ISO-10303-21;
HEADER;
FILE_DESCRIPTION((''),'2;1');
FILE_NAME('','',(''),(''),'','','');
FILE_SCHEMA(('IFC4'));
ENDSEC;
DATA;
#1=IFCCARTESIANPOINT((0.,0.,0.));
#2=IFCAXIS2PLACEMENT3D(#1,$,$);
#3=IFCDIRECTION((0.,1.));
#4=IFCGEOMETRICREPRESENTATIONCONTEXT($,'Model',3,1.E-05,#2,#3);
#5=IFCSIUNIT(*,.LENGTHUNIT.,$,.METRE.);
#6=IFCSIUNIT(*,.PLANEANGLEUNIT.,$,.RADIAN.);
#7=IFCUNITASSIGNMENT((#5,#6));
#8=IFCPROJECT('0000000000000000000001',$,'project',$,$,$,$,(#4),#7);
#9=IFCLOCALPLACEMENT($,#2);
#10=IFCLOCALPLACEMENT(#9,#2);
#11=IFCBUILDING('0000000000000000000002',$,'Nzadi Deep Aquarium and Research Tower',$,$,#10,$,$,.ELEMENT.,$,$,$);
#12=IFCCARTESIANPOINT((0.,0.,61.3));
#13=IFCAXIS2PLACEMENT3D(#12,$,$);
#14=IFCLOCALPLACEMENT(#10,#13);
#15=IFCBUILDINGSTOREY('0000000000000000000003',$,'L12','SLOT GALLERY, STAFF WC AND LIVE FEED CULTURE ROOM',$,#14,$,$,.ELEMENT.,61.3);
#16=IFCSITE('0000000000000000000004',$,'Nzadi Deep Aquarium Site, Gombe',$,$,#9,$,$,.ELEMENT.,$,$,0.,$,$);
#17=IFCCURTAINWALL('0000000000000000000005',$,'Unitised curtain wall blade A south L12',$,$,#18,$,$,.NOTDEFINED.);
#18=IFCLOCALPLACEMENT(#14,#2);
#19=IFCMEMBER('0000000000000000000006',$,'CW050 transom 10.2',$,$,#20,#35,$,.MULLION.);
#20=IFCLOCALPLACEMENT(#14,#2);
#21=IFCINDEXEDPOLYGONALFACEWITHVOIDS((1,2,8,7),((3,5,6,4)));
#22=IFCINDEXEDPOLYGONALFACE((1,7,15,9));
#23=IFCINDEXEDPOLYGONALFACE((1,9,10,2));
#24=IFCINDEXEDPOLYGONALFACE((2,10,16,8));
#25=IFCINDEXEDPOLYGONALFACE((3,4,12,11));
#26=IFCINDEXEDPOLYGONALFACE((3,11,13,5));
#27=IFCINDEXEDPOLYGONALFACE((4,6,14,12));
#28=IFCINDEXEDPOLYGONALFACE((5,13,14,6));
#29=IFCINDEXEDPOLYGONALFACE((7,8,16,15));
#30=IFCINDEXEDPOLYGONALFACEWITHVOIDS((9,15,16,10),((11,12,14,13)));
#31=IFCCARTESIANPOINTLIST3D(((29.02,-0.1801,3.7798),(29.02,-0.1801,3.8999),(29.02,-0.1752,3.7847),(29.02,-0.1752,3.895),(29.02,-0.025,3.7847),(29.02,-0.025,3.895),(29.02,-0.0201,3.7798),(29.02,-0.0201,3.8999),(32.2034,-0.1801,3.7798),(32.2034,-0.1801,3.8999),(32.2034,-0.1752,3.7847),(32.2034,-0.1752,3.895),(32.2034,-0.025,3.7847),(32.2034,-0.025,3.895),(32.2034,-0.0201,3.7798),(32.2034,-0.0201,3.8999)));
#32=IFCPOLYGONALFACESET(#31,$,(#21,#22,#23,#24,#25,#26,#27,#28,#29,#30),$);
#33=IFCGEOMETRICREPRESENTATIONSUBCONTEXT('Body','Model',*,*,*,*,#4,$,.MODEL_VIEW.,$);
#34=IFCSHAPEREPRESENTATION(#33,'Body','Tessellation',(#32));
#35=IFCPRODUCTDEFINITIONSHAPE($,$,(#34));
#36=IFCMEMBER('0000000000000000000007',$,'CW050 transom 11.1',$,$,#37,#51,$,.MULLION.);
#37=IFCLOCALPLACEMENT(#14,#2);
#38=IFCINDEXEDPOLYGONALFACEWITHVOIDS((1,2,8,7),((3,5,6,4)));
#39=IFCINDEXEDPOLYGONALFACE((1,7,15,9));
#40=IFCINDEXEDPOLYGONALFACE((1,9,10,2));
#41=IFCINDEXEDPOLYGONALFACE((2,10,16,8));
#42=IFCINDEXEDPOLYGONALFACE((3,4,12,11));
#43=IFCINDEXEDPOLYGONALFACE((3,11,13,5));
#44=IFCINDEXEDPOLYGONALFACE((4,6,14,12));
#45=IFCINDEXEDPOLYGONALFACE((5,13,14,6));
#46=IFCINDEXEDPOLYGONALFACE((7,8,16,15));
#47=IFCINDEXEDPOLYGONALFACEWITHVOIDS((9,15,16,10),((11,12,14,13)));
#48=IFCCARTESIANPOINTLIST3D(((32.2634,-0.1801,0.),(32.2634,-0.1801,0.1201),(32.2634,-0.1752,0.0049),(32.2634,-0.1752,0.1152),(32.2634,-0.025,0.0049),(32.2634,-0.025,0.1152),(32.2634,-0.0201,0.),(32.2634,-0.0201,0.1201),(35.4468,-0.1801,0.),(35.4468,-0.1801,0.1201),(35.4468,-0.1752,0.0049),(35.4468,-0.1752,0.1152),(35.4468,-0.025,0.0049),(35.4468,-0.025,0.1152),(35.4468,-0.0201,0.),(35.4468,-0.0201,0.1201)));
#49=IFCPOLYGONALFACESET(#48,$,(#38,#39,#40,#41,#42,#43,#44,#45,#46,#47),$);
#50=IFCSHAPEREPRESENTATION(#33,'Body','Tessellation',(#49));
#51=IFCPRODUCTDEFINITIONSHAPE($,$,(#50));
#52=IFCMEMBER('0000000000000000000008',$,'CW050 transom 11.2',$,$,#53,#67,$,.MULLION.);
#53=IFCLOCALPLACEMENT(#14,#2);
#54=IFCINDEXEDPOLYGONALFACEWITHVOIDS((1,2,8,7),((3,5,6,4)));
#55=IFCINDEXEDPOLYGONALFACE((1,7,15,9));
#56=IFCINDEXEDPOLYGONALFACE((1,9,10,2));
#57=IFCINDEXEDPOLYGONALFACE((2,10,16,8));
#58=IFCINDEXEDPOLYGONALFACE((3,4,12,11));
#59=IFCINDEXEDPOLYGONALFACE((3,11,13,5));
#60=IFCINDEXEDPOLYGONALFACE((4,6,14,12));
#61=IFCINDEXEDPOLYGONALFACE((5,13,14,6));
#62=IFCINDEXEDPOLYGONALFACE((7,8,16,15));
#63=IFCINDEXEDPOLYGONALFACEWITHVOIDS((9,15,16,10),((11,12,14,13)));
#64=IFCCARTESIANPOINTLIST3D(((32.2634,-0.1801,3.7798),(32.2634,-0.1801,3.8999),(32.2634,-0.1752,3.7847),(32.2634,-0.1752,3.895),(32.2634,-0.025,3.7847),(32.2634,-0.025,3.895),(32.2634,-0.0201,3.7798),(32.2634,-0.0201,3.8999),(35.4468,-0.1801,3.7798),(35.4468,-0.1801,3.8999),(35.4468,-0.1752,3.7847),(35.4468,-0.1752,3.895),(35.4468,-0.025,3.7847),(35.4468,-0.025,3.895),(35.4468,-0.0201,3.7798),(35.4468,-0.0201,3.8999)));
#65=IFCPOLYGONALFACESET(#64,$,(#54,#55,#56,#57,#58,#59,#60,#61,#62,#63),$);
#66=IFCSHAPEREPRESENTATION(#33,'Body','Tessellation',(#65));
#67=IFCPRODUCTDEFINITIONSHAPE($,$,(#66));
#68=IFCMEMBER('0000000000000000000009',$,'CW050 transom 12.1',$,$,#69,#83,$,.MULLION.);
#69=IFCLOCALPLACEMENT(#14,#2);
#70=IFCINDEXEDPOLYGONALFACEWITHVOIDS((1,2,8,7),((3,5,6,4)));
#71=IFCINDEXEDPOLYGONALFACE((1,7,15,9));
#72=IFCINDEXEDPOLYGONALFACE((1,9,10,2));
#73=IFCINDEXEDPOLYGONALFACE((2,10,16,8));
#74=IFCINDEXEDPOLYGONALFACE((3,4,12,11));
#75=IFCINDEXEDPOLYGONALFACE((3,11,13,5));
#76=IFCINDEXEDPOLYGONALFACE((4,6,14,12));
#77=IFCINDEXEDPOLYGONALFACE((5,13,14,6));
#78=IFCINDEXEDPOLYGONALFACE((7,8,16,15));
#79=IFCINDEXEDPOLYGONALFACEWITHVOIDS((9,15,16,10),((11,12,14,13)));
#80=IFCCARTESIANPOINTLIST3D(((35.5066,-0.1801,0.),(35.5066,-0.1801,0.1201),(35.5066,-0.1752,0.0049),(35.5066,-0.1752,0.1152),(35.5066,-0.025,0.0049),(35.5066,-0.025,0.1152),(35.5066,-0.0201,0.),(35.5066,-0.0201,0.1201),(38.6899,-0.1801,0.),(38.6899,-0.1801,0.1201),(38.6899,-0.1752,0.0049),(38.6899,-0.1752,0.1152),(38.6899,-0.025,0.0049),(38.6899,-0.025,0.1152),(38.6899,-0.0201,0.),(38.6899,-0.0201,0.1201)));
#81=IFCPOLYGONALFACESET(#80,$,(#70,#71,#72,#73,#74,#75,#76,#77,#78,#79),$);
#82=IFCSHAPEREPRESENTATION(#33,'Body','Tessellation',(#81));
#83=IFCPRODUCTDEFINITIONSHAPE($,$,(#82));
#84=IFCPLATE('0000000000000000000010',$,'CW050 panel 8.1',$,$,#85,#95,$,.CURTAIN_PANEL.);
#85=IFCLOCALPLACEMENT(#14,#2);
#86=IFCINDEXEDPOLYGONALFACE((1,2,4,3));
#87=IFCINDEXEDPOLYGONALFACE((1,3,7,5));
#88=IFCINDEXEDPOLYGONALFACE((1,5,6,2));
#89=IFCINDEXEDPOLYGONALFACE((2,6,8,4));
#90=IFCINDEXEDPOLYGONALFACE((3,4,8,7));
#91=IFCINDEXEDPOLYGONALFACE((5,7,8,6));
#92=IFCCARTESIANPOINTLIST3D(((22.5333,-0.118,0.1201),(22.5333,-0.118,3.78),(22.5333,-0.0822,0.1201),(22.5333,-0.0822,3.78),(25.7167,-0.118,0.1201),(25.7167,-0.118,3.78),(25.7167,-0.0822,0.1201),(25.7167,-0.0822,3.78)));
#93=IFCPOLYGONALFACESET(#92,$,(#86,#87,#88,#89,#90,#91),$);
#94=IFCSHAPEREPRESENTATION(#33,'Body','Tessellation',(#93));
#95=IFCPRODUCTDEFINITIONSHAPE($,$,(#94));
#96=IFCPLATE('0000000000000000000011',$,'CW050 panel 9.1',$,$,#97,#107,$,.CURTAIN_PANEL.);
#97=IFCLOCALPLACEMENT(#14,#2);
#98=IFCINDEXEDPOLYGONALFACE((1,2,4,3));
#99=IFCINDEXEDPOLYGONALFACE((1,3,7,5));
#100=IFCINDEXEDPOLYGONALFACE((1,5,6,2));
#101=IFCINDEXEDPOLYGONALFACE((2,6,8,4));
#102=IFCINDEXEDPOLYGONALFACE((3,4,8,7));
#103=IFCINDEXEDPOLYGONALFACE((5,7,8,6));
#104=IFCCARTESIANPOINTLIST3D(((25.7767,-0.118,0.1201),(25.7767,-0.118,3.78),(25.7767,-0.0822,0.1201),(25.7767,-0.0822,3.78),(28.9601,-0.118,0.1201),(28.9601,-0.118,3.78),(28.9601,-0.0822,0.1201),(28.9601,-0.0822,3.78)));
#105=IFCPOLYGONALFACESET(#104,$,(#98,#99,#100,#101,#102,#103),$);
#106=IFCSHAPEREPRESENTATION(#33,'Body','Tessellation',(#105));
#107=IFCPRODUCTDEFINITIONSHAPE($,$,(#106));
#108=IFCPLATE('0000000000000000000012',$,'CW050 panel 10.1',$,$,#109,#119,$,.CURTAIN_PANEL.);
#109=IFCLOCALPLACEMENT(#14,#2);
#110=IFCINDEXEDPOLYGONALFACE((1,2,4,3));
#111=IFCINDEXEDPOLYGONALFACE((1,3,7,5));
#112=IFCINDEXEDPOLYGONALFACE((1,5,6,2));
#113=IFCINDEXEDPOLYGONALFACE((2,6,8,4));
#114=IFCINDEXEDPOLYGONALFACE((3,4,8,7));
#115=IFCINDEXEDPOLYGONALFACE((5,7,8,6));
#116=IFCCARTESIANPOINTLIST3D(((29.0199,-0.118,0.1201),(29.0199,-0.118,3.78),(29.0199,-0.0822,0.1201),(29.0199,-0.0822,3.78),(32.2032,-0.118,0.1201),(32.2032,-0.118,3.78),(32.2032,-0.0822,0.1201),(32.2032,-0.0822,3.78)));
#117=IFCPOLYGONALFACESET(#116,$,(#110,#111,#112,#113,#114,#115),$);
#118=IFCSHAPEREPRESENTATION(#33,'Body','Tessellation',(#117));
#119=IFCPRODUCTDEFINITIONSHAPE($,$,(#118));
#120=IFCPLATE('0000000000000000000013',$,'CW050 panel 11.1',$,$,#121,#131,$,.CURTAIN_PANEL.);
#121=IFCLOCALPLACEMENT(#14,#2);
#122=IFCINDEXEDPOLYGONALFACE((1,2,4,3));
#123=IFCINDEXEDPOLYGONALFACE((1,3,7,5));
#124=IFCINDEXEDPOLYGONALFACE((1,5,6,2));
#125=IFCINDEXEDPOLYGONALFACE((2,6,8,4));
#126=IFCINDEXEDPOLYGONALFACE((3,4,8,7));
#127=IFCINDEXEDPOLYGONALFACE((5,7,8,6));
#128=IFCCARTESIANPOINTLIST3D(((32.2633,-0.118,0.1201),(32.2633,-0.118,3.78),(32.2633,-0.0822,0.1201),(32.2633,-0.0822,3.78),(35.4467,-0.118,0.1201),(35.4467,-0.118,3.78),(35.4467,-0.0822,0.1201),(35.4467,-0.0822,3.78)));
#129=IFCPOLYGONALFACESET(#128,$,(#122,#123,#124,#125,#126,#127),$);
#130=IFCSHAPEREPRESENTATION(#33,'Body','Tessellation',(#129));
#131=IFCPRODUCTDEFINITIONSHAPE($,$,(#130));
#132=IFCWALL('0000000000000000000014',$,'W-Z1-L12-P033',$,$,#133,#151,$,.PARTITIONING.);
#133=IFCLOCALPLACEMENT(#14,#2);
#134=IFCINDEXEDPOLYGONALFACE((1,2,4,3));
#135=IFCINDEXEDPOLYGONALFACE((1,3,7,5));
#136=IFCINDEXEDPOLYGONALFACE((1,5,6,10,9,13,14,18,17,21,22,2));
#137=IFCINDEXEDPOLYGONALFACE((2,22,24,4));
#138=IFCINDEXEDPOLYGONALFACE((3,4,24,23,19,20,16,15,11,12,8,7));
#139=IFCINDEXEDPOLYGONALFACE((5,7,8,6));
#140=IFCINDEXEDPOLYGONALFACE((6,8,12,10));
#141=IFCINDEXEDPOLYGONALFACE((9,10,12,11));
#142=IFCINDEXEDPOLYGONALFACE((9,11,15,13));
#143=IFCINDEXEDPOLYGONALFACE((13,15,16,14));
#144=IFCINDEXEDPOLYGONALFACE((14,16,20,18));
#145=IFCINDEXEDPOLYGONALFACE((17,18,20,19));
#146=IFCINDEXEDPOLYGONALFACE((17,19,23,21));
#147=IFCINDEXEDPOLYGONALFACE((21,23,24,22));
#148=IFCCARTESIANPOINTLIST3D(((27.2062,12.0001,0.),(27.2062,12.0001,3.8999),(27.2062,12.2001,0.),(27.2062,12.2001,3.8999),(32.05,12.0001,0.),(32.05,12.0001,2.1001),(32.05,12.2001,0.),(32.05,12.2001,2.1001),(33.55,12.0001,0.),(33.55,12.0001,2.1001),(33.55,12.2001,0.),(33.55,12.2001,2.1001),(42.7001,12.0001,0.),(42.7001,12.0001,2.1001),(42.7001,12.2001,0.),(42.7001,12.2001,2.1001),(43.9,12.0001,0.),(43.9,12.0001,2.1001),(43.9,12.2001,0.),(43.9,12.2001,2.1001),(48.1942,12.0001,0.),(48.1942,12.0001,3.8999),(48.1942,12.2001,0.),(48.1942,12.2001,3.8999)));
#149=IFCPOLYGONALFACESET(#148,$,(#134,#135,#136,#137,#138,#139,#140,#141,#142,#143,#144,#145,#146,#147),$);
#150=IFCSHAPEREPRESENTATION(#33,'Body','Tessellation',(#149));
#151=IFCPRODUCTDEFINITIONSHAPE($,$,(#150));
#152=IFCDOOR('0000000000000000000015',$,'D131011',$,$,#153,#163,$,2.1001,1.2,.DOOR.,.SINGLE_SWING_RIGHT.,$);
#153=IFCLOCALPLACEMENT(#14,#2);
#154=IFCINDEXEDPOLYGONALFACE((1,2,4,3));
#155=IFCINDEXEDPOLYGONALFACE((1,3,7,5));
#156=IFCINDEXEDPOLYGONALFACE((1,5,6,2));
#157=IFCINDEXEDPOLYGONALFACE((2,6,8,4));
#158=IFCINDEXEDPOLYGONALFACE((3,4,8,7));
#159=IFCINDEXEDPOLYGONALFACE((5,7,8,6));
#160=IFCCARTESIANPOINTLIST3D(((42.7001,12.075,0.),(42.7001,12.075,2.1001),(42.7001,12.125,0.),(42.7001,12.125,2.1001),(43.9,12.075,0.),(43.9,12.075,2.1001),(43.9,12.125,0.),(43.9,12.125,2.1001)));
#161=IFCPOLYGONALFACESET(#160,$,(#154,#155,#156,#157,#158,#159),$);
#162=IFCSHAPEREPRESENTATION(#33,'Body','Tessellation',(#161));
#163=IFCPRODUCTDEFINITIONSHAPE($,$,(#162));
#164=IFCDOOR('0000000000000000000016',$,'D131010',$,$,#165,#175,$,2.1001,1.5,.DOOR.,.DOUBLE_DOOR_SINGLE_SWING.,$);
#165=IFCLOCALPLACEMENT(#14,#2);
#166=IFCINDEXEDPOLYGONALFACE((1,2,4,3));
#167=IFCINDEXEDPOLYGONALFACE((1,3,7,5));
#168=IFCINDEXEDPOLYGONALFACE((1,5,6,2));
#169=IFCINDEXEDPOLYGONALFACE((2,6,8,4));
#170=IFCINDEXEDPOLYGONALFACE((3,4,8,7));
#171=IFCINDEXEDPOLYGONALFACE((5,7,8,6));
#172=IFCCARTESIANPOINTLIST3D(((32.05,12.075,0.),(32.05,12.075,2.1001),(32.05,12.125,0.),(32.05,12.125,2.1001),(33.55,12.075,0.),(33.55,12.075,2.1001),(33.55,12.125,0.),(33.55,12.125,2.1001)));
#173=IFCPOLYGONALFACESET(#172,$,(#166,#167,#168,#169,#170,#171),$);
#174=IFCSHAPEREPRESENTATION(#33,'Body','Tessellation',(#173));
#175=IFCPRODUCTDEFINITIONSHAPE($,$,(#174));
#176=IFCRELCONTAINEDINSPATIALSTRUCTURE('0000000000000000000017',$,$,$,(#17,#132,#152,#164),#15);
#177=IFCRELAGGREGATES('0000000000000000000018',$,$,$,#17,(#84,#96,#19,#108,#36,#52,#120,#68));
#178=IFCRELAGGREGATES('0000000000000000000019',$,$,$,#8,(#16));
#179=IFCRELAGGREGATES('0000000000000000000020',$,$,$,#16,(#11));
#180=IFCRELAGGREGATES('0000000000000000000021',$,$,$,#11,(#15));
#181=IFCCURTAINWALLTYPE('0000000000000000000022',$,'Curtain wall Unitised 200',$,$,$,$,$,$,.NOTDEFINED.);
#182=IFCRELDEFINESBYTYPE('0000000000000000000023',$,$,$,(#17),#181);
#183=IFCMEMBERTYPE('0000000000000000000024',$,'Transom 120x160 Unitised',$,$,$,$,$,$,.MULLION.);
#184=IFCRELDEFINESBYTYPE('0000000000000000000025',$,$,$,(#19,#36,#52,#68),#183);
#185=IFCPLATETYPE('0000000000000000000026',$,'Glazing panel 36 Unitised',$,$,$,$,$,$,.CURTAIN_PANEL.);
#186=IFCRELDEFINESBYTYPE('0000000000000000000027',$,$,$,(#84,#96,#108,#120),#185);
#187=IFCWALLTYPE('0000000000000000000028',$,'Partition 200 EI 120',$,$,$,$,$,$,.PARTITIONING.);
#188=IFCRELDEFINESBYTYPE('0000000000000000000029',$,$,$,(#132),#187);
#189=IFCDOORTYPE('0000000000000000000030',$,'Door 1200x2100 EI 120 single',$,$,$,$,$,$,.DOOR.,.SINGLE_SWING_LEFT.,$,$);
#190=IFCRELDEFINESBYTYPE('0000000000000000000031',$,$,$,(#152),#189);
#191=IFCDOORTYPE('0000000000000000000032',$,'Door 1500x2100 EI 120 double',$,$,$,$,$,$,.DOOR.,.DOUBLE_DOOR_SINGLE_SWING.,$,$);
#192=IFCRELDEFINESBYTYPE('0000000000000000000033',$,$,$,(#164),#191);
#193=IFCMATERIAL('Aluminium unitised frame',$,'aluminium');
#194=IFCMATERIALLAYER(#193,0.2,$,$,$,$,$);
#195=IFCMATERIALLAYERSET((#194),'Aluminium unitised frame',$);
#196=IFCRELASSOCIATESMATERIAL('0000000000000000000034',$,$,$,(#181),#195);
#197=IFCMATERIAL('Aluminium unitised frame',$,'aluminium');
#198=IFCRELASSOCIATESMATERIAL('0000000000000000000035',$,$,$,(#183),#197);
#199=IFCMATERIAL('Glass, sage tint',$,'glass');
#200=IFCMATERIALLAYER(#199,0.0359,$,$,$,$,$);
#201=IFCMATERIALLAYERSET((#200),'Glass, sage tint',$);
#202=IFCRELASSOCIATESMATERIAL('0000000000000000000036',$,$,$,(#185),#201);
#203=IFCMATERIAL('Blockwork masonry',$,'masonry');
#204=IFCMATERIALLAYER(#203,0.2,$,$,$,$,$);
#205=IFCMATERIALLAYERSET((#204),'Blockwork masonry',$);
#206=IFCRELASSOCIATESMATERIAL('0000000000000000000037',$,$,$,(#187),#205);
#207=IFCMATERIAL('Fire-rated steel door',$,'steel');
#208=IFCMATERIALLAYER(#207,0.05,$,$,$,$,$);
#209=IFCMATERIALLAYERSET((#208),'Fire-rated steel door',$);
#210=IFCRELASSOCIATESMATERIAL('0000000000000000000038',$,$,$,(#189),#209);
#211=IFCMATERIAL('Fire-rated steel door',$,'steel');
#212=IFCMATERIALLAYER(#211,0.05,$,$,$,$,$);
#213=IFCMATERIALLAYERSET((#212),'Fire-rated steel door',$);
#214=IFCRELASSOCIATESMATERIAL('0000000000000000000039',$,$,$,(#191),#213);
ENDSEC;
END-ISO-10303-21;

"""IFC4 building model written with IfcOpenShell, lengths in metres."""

from ifc_helpers import new_model, si_unit, direction, frame, frame_2d, origin, origin_2d, place, context, subcontext, project, spatial, rectangle, hollow_rectangle, extrude, material, layer, layer_set, material_profile, profile_set, type_object, element, fill, aggregate, save


model = new_model("IFC4")

# Units and contexts
model_context = context("Model", 3, precision=1e-05, world=origin(), true_north=direction((0.0, 1.0)))
body_context = subcontext(model_context, "Body", "Model", "MODEL_VIEW")
ifc_project = project(units=[si_unit("LENGTHUNIT", "METRE"), si_unit("PLANEANGLEUNIT", "RADIAN")], contexts=[model_context])

# Site, building, storey
site_placement = place(None, origin())
site = spatial("IfcSite", under=ifc_project, at=site_placement, Name="Nzadi Deep Aquarium Site, Gombe", CompositionType="ELEMENT", RefElevation=0.0)
building_placement = place(site_placement, origin())
building = spatial("IfcBuilding", under=site, at=building_placement, Name="Nzadi Deep Aquarium and Research Tower", CompositionType="ELEMENT")
storey_placement = place(building_placement, frame((0.0, 0.0, 61.3)))
storey = spatial("IfcBuildingStorey", under=building, at=storey_placement, Name="L12", Description="SLOT GALLERY, STAFF WC AND LIVE FEED CULTURE ROOM", CompositionType="ELEMENT", Elevation=61.3)

# Curtain wall
ifc_material_1 = material(Name="Aluminium unitised frame", Category="aluminium")
ifc_layer_1 = layer(ifc_material_1, 0.2)
ifc_layer_set_1 = layer_set([ifc_layer_1], Name="Aluminium unitised frame")
curtain_wall_type = type_object("IfcCurtainWallType", Name="Curtain wall Unitised 200", PredefinedType="NOTDEFINED", material=ifc_layer_set_1)
curtain_wall_placement = place(storey_placement, origin())
curtain_wall = element("IfcCurtainWall", 1, at=curtain_wall_placement, inside=storey, type_object=curtain_wall_type, Name="Unitised curtain wall blade A south L12", PredefinedType="NOTDEFINED")

# Members
ifc_material_2 = material(Name="Aluminium unitised frame", Category="aluminium")
ifc_material_profile_1 = material_profile(ifc_material_2, hollow_rectangle(XDim=0.1599, YDim=0.1201, WallThickness=0.0049, at=origin_2d()))
ifc_profile_set_1 = profile_set([ifc_material_profile_1], Name="Aluminium unitised frame")
member_type_1 = type_object("IfcMemberType", Name="Transom 120x160 Unitised", PredefinedType="MULLION", material=ifc_profile_set_1)
member_1_placement = place(storey_placement, frame((29.02, -0.1001, 3.8398), z_axis=(1.0, 0.0, 0.0), x_axis=(0.0, 1.0, 0.0)))
member_1 = element("IfcMember", 2, at=member_1_placement, type_object=member_type_1, Name="CW050 transom 10.2", PredefinedType="MULLION", context=body_context, shape_type="SweptSolid", body=[
    extrude(hollow_rectangle(XDim=0.1599, YDim=0.1201, WallThickness=0.0049, at=origin_2d()), origin(), (0.0, 0.0, 1.0), 3.1833),
])
member_2_placement = place(storey_placement, frame((32.2634, -0.1001, 0.0601), z_axis=(1.0, 0.0, 0.0), x_axis=(0.0, 1.0, 0.0)))
member_2 = element("IfcMember", 3, at=member_2_placement, type_object=member_type_1, Name="CW050 transom 11.1", PredefinedType="MULLION", context=body_context, shape_type="SweptSolid", body=[
    extrude(hollow_rectangle(XDim=0.1599, YDim=0.1201, WallThickness=0.0049, at=origin_2d()), origin(), (0.0, 0.0, 1.0), 3.1833),
])
member_3_placement = place(storey_placement, frame((32.2634, -0.1001, 3.8398), z_axis=(1.0, 0.0, 0.0), x_axis=(0.0, 1.0, 0.0)))
member_3 = element("IfcMember", 4, at=member_3_placement, type_object=member_type_1, Name="CW050 transom 11.2", PredefinedType="MULLION", context=body_context, shape_type="SweptSolid", body=[
    extrude(hollow_rectangle(XDim=0.1599, YDim=0.1201, WallThickness=0.0049, at=origin_2d()), origin(), (0.0, 0.0, 1.0), 3.1833),
])
member_4_placement = place(storey_placement, frame((35.5066, -0.1001, 0.0601), z_axis=(1.0, 0.0, 0.0), x_axis=(0.0, 1.0, 0.0)))
member_4 = element("IfcMember", 5, at=member_4_placement, type_object=member_type_1, Name="CW050 transom 12.1", PredefinedType="MULLION", context=body_context, shape_type="SweptSolid", body=[
    extrude(hollow_rectangle(XDim=0.1599, YDim=0.1201, WallThickness=0.0049, at=origin_2d()), origin(), (0.0, 0.0, 1.0), 3.1833),
])

# Plates
ifc_material_3 = material(Name="Glass, sage tint", Category="glass")
ifc_layer_2 = layer(ifc_material_3, 0.0359)
ifc_layer_set_2 = layer_set([ifc_layer_2], Name="Glass, sage tint")
plate_type = type_object("IfcPlateType", Name="Glazing panel 36 Unitised", PredefinedType="CURTAIN_PANEL", material=ifc_layer_set_2)
plate_1_placement = place(storey_placement, frame((24.125, -0.1001, 0.1201), z_axis=(0.0, 0.0, 1.0), x_axis=(1.0, 0.0, 0.0)))
plate_1 = element("IfcPlate", 6, at=plate_1_placement, type_object=plate_type, Name="CW050 panel 8.1", PredefinedType="CURTAIN_PANEL", context=body_context, shape_type="SweptSolid", body=[
    extrude(rectangle(XDim=3.1833, YDim=0.0359, at=origin_2d()), origin(), (0.0, 0.0, 1.0), 3.6599),
])
plate_2_placement = place(storey_placement, frame((27.3684, -0.1001, 0.1201), z_axis=(0.0, 0.0, 1.0), x_axis=(1.0, 0.0, 0.0)))
plate_2 = element("IfcPlate", 7, at=plate_2_placement, type_object=plate_type, Name="CW050 panel 9.1", PredefinedType="CURTAIN_PANEL", context=body_context, shape_type="SweptSolid", body=[
    extrude(rectangle(XDim=3.1833, YDim=0.0359, at=origin_2d()), origin(), (0.0, 0.0, 1.0), 3.6599),
])
plate_3_placement = place(storey_placement, frame((30.6116, -0.1001, 0.1201), z_axis=(0.0, 0.0, 1.0), x_axis=(1.0, 0.0, 0.0)))
plate_3 = element("IfcPlate", 8, at=plate_3_placement, type_object=plate_type, Name="CW050 panel 10.1", PredefinedType="CURTAIN_PANEL", context=body_context, shape_type="SweptSolid", body=[
    extrude(rectangle(XDim=3.1833, YDim=0.0359, at=origin_2d()), origin(), (0.0, 0.0, 1.0), 3.6599),
])
plate_4_placement = place(storey_placement, frame((33.855, -0.1001, 0.1201), z_axis=(0.0, 0.0, 1.0), x_axis=(1.0, 0.0, 0.0)))
plate_4 = element("IfcPlate", 9, at=plate_4_placement, type_object=plate_type, Name="CW050 panel 11.1", PredefinedType="CURTAIN_PANEL", context=body_context, shape_type="SweptSolid", body=[
    extrude(rectangle(XDim=3.1833, YDim=0.0359, at=origin_2d()), origin(), (0.0, 0.0, 1.0), 3.6599),
])
aggregate(curtain_wall, [plate_1, plate_2, member_1, plate_3, member_2, member_3, plate_4, member_4])

# Wall, openings, doors
ifc_material_4 = material(Name="Blockwork masonry", Category="masonry")
ifc_layer_3 = layer(ifc_material_4, 0.2)
ifc_layer_set_3 = layer_set([ifc_layer_3], Name="Blockwork masonry")
wall_type_1 = type_object("IfcWallType", Name="Partition 200 EI 120", PredefinedType="PARTITIONING", material=ifc_layer_set_3)
wall_1_placement = place(storey_placement, frame((27.2061, 12.1001, 0.0), z_axis=(0.0, 0.0, 1.0), x_axis=(1.0, 0.0, 0.0)))
wall_1 = element("IfcWall", 10, at=wall_1_placement, inside=storey, type_object=wall_type_1, Name="W-Z1-L12-P033", PredefinedType="PARTITIONING", context=body_context, shape_type="SweptSolid", body=[
    extrude(rectangle(XDim=20.988, YDim=0.2, at=frame_2d((10.4941, 0.0))), origin(), (0.0, 0.0, 1.0), 3.8999),
])
opening_1_placement = place(wall_1_placement, frame((4.844, 0.0, 0.0)))
opening_1 = element("IfcOpeningElement", 11, at=opening_1_placement, cuts=wall_1, PredefinedType="OPENING", context=body_context, shape_type="SweptSolid", body=[
    extrude(rectangle(XDim=1.5, YDim=2.1001, at=frame_2d((0.75, 1.05))), frame((0.0, 0.1101, 0.0), z_axis=(0.0, -1.0, 0.0), x_axis=(1.0, 0.0, 0.0)), (0.0, 0.0, 1.0), 0.2202),
])
opening_2_placement = place(wall_1_placement, frame((15.4939, 0.0, 0.0)))
opening_2 = element("IfcOpeningElement", 12, at=opening_2_placement, cuts=wall_1, PredefinedType="OPENING", context=body_context, shape_type="SweptSolid", body=[
    extrude(rectangle(XDim=1.2, YDim=2.1001, at=frame_2d((0.6001, 1.05))), frame((0.0, 0.1101, 0.0), z_axis=(0.0, -1.0, 0.0), x_axis=(1.0, 0.0, 0.0)), (0.0, 0.0, 1.0), 0.2202),
])
ifc_material_5 = material(Name="Fire-rated steel door", Category="steel")
ifc_layer_4 = layer(ifc_material_5, 0.05)
ifc_layer_set_4 = layer_set([ifc_layer_4], Name="Fire-rated steel door")
door_type_1 = type_object("IfcDoorType", Name="Door 1200x2100 EI 120 single", OperationType="SINGLE_SWING_LEFT", PredefinedType="DOOR", material=ifc_layer_set_4)
door_1_placement = place(opening_2_placement, origin())
door_1 = element("IfcDoor", 13, at=door_1_placement, inside=storey, type_object=door_type_1, Name="D131011", OperationType="SINGLE_SWING_RIGHT", OverallHeight=2.1001, OverallWidth=1.2, PredefinedType="DOOR", context=body_context, shape_type="SweptSolid", body=[
    extrude(rectangle(XDim=1.2, YDim=2.1001, at=frame_2d((0.6001, 1.05))), frame((0.0, 0.0249, 0.0), z_axis=(0.0, -1.0, 0.0), x_axis=(1.0, 0.0, 0.0)), (0.0, 0.0, 1.0), 0.05),
])
fill(opening_2, door_1)
ifc_material_6 = material(Name="Fire-rated steel door", Category="steel")
ifc_layer_5 = layer(ifc_material_6, 0.05)
ifc_layer_set_5 = layer_set([ifc_layer_5], Name="Fire-rated steel door")
door_type_2 = type_object("IfcDoorType", Name="Door 1500x2100 EI 120 double", OperationType="DOUBLE_DOOR_SINGLE_SWING", PredefinedType="DOOR", material=ifc_layer_set_5)
door_2_placement = place(opening_1_placement, origin())
door_2 = element("IfcDoor", 14, at=door_2_placement, inside=storey, type_object=door_type_2, Name="D131010", OperationType="DOUBLE_DOOR_SINGLE_SWING", OverallHeight=2.1001, OverallWidth=1.5, PredefinedType="DOOR", context=body_context, shape_type="SweptSolid", body=[
    extrude(rectangle(XDim=1.5, YDim=2.1001, at=frame_2d((0.75, 1.05))), frame((0.0, 0.0249, 0.0), z_axis=(0.0, -1.0, 0.0), x_axis=(1.0, 0.0, 0.0)), (0.0, 0.0, 1.0), 0.05),
])
fill(opening_1, door_2)

save(model, "model.ifc")
